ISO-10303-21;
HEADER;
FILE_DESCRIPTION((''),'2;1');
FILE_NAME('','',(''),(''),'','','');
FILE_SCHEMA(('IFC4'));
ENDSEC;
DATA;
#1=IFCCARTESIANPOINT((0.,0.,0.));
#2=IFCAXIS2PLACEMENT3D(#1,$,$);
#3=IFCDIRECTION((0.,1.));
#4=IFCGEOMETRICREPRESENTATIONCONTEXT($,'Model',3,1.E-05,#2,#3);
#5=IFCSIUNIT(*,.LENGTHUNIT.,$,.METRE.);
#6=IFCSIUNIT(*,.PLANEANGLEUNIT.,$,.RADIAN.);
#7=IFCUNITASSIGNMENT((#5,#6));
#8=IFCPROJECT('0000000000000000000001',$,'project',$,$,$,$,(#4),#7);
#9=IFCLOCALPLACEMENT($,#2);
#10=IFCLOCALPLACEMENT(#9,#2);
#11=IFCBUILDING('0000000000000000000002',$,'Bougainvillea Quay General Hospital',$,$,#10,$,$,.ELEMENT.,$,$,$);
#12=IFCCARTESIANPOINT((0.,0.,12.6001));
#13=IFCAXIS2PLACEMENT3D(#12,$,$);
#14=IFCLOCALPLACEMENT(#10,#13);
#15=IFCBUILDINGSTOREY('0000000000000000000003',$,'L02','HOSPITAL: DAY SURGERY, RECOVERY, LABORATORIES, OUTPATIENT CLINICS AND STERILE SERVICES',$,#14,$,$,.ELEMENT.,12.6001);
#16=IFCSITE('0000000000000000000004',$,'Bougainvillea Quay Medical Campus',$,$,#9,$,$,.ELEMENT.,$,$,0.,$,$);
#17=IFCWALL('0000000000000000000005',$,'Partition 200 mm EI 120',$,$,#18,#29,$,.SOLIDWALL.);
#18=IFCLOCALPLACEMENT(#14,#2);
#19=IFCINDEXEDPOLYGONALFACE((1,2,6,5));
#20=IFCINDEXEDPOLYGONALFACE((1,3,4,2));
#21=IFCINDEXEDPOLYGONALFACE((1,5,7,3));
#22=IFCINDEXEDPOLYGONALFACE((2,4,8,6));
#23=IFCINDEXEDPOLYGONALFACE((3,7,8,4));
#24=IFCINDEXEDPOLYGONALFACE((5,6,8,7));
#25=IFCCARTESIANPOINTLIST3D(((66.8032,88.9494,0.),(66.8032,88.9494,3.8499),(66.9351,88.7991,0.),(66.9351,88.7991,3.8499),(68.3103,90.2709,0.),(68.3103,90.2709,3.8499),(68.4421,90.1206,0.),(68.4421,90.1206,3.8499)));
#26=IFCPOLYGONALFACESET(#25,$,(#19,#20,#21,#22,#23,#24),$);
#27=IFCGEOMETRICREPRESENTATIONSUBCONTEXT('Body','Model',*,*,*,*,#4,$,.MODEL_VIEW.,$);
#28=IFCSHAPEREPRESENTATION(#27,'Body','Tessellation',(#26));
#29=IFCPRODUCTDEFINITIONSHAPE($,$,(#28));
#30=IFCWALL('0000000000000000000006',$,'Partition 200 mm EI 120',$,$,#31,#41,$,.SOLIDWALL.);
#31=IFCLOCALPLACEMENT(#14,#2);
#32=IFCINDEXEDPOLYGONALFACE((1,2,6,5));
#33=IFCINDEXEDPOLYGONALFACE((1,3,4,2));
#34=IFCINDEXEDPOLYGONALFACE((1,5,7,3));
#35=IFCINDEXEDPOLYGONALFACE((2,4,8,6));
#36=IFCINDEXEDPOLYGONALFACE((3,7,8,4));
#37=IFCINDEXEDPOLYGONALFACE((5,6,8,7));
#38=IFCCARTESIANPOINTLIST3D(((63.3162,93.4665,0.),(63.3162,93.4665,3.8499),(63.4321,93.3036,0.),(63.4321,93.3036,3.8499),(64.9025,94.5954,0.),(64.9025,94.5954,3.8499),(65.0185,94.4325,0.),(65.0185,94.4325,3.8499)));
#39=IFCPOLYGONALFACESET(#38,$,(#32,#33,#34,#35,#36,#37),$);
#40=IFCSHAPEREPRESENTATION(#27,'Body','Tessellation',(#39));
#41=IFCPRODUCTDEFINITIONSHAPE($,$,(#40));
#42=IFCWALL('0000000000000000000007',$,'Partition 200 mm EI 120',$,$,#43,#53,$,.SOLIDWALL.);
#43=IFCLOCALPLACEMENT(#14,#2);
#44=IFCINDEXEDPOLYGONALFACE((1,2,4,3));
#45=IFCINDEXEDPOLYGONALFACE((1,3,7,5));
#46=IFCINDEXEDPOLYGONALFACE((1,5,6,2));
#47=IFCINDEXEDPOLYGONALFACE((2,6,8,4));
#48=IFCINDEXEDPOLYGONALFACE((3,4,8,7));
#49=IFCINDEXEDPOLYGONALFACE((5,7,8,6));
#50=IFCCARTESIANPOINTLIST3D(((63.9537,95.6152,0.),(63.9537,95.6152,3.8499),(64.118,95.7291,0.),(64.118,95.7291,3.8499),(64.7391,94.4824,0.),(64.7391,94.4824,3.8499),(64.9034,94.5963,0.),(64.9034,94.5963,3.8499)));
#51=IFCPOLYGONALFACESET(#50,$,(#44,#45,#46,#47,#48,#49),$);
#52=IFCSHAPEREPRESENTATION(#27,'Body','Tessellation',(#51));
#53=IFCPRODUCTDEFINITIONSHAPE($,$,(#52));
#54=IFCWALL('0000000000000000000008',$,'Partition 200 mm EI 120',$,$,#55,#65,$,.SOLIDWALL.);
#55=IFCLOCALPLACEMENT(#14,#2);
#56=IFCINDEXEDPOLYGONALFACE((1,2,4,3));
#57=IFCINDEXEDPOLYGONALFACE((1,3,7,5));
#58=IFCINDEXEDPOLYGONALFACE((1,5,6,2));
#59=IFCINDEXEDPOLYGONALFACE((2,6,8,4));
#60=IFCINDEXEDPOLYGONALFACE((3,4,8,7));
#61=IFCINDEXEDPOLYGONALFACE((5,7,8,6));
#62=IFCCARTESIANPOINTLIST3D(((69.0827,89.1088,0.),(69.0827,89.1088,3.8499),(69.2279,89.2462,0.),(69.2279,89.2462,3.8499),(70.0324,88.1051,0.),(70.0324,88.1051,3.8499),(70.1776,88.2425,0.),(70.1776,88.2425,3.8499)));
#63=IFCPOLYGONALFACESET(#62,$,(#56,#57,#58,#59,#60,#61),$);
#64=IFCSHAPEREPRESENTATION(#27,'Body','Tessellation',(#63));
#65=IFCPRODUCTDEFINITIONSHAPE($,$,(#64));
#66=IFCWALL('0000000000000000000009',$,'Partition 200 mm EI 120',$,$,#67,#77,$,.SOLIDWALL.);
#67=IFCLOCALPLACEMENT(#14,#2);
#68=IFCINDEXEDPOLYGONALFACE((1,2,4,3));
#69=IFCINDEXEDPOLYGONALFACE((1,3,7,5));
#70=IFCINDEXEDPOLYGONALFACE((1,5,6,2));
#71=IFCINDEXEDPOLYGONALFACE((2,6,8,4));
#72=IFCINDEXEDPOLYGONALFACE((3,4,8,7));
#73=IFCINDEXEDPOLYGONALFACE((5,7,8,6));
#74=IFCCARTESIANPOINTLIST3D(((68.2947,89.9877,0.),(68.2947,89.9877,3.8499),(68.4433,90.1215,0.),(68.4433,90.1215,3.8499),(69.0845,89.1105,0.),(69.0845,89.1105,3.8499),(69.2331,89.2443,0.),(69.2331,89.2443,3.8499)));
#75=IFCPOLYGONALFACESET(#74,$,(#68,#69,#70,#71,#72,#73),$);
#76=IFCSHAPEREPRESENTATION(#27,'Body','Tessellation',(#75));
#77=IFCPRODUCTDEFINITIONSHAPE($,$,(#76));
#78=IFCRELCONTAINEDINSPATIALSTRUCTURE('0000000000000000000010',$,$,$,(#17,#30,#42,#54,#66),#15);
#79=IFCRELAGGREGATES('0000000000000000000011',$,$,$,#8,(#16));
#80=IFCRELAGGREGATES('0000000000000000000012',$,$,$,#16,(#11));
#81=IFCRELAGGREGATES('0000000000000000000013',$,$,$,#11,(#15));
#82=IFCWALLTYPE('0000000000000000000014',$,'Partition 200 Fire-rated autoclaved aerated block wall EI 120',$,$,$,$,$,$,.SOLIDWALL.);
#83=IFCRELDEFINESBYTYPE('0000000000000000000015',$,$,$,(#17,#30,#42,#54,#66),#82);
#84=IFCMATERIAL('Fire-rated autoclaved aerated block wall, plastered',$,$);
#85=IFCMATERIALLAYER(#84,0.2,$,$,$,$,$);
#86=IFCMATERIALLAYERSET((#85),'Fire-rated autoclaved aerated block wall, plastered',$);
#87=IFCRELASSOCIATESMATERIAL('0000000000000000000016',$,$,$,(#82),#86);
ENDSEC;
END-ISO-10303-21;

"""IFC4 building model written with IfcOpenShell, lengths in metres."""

from ifc_helpers import new_model, si_unit, direction, frame, frame_2d, origin, place, context, subcontext, project, spatial, rectangle, extrude, material, layer, layer_set, type_object, element, save


model = new_model("IFC4")

# Units and contexts
model_context = context("Model", 3, precision=1e-05, world=origin(), true_north=direction((0.0, 1.0)))
body_context = subcontext(model_context, "Body", "Model", "MODEL_VIEW")
ifc_project = project(units=[si_unit("LENGTHUNIT", "METRE"), si_unit("PLANEANGLEUNIT", "RADIAN")], contexts=[model_context])

# Site, building, storey
site_placement = place(None, origin())
site = spatial("IfcSite", under=ifc_project, at=site_placement, Name="Bougainvillea Quay Medical Campus", CompositionType="ELEMENT", RefElevation=0.0)
building_placement = place(site_placement, origin())
building = spatial("IfcBuilding", under=site, at=building_placement, Name="Bougainvillea Quay General Hospital", CompositionType="ELEMENT")
storey_placement = place(building_placement, frame((0.0, 0.0, 12.6001)))
storey = spatial("IfcBuildingStorey", under=building, at=storey_placement, Name="L02", Description="HOSPITAL: DAY SURGERY, RECOVERY, LABORATORIES, OUTPATIENT CLINICS AND STERILE SERVICES", CompositionType="ELEMENT", Elevation=12.6001)

# Walls
ifc_material_1 = material(Name="Fire-rated autoclaved aerated block wall, plastered")
ifc_layer_1 = layer(ifc_material_1, 0.2)
ifc_layer_set_1 = layer_set([ifc_layer_1], Name="Fire-rated autoclaved aerated block wall, plastered")
wall_type_1 = type_object("IfcWallType", Name="Partition 200 Fire-rated autoclaved aerated block wall EI 120", PredefinedType="SOLIDWALL", material=ifc_layer_set_1)
wall_1_placement = place(storey_placement, frame((66.8691, 88.8743, 0.0), z_axis=(0.0, 0.0, 1.0), x_axis=(0.751875, 0.659306, 0.0)))
element("IfcWall", 1, at=wall_1_placement, inside=storey, type_object=wall_type_1, Name="Partition 200 mm EI 120", PredefinedType="SOLIDWALL", context=body_context, shape_type="SweptSolid", body=[
    extrude(rectangle(XDim=2.0044, YDim=0.2, at=frame_2d((1.0022, 0.0))), origin(), (0.0, 0.0, 1.0), 3.8499),
])
wall_2_placement = place(storey_placement, frame((63.374, 93.385, 0.0), z_axis=(0.0, 0.0, 1.0), x_axis=(0.814766, 0.57979, 0.0)))
element("IfcWall", 2, at=wall_2_placement, inside=storey, type_object=wall_type_1, Name="Partition 200 mm EI 120", PredefinedType="SOLIDWALL", context=body_context, shape_type="SweptSolid", body=[
    extrude(rectangle(XDim=1.947, YDim=0.2, at=frame_2d((0.9736, 0.0))), origin(), (0.0, 0.0, 1.0), 3.8499),
])
wall_3_placement = place(storey_placement, frame((64.0359, 95.6721, 0.0), z_axis=(0.0, 0.0, 1.0), x_axis=(0.569772, -0.821803, 0.0)))
element("IfcWall", 3, at=wall_3_placement, inside=storey, type_object=wall_type_1, Name="Partition 200 mm EI 120", PredefinedType="SOLIDWALL", context=body_context, shape_type="SweptSolid", body=[
    extrude(rectangle(XDim=1.3784, YDim=0.2, at=frame_2d((0.6892, 0.0))), origin(), (0.0, 0.0, 1.0), 3.8499),
])
wall_4_placement = place(storey_placement, frame((69.1553, 89.1775, 0.0), z_axis=(0.0, 0.0, 1.0), x_axis=(0.687313, -0.726361, 0.0)))
element("IfcWall", 4, at=wall_4_placement, inside=storey, type_object=wall_type_1, Name="Partition 200 mm EI 120", PredefinedType="SOLIDWALL", context=body_context, shape_type="SweptSolid", body=[
    extrude(rectangle(XDim=1.3818, YDim=0.2, at=frame_2d((0.6909, 0.0))), origin(), (0.0, 0.0, 1.0), 3.8499),
])
wall_5_placement = place(storey_placement, frame((68.3689, 90.0547, 0.0), z_axis=(0.0, 0.0, 1.0), x_axis=(0.669113, -0.74316, 0.0)))
element("IfcWall", 5, at=wall_5_placement, inside=storey, type_object=wall_type_1, Name="Partition 200 mm EI 120", PredefinedType="SOLIDWALL", context=body_context, shape_type="SweptSolid", body=[
    extrude(rectangle(XDim=1.1804, YDim=0.2, at=frame_2d((0.5903, 0.0))), origin(), (0.0, 0.0, 1.0), 3.8499),
])

save(model, "model.ifc")
